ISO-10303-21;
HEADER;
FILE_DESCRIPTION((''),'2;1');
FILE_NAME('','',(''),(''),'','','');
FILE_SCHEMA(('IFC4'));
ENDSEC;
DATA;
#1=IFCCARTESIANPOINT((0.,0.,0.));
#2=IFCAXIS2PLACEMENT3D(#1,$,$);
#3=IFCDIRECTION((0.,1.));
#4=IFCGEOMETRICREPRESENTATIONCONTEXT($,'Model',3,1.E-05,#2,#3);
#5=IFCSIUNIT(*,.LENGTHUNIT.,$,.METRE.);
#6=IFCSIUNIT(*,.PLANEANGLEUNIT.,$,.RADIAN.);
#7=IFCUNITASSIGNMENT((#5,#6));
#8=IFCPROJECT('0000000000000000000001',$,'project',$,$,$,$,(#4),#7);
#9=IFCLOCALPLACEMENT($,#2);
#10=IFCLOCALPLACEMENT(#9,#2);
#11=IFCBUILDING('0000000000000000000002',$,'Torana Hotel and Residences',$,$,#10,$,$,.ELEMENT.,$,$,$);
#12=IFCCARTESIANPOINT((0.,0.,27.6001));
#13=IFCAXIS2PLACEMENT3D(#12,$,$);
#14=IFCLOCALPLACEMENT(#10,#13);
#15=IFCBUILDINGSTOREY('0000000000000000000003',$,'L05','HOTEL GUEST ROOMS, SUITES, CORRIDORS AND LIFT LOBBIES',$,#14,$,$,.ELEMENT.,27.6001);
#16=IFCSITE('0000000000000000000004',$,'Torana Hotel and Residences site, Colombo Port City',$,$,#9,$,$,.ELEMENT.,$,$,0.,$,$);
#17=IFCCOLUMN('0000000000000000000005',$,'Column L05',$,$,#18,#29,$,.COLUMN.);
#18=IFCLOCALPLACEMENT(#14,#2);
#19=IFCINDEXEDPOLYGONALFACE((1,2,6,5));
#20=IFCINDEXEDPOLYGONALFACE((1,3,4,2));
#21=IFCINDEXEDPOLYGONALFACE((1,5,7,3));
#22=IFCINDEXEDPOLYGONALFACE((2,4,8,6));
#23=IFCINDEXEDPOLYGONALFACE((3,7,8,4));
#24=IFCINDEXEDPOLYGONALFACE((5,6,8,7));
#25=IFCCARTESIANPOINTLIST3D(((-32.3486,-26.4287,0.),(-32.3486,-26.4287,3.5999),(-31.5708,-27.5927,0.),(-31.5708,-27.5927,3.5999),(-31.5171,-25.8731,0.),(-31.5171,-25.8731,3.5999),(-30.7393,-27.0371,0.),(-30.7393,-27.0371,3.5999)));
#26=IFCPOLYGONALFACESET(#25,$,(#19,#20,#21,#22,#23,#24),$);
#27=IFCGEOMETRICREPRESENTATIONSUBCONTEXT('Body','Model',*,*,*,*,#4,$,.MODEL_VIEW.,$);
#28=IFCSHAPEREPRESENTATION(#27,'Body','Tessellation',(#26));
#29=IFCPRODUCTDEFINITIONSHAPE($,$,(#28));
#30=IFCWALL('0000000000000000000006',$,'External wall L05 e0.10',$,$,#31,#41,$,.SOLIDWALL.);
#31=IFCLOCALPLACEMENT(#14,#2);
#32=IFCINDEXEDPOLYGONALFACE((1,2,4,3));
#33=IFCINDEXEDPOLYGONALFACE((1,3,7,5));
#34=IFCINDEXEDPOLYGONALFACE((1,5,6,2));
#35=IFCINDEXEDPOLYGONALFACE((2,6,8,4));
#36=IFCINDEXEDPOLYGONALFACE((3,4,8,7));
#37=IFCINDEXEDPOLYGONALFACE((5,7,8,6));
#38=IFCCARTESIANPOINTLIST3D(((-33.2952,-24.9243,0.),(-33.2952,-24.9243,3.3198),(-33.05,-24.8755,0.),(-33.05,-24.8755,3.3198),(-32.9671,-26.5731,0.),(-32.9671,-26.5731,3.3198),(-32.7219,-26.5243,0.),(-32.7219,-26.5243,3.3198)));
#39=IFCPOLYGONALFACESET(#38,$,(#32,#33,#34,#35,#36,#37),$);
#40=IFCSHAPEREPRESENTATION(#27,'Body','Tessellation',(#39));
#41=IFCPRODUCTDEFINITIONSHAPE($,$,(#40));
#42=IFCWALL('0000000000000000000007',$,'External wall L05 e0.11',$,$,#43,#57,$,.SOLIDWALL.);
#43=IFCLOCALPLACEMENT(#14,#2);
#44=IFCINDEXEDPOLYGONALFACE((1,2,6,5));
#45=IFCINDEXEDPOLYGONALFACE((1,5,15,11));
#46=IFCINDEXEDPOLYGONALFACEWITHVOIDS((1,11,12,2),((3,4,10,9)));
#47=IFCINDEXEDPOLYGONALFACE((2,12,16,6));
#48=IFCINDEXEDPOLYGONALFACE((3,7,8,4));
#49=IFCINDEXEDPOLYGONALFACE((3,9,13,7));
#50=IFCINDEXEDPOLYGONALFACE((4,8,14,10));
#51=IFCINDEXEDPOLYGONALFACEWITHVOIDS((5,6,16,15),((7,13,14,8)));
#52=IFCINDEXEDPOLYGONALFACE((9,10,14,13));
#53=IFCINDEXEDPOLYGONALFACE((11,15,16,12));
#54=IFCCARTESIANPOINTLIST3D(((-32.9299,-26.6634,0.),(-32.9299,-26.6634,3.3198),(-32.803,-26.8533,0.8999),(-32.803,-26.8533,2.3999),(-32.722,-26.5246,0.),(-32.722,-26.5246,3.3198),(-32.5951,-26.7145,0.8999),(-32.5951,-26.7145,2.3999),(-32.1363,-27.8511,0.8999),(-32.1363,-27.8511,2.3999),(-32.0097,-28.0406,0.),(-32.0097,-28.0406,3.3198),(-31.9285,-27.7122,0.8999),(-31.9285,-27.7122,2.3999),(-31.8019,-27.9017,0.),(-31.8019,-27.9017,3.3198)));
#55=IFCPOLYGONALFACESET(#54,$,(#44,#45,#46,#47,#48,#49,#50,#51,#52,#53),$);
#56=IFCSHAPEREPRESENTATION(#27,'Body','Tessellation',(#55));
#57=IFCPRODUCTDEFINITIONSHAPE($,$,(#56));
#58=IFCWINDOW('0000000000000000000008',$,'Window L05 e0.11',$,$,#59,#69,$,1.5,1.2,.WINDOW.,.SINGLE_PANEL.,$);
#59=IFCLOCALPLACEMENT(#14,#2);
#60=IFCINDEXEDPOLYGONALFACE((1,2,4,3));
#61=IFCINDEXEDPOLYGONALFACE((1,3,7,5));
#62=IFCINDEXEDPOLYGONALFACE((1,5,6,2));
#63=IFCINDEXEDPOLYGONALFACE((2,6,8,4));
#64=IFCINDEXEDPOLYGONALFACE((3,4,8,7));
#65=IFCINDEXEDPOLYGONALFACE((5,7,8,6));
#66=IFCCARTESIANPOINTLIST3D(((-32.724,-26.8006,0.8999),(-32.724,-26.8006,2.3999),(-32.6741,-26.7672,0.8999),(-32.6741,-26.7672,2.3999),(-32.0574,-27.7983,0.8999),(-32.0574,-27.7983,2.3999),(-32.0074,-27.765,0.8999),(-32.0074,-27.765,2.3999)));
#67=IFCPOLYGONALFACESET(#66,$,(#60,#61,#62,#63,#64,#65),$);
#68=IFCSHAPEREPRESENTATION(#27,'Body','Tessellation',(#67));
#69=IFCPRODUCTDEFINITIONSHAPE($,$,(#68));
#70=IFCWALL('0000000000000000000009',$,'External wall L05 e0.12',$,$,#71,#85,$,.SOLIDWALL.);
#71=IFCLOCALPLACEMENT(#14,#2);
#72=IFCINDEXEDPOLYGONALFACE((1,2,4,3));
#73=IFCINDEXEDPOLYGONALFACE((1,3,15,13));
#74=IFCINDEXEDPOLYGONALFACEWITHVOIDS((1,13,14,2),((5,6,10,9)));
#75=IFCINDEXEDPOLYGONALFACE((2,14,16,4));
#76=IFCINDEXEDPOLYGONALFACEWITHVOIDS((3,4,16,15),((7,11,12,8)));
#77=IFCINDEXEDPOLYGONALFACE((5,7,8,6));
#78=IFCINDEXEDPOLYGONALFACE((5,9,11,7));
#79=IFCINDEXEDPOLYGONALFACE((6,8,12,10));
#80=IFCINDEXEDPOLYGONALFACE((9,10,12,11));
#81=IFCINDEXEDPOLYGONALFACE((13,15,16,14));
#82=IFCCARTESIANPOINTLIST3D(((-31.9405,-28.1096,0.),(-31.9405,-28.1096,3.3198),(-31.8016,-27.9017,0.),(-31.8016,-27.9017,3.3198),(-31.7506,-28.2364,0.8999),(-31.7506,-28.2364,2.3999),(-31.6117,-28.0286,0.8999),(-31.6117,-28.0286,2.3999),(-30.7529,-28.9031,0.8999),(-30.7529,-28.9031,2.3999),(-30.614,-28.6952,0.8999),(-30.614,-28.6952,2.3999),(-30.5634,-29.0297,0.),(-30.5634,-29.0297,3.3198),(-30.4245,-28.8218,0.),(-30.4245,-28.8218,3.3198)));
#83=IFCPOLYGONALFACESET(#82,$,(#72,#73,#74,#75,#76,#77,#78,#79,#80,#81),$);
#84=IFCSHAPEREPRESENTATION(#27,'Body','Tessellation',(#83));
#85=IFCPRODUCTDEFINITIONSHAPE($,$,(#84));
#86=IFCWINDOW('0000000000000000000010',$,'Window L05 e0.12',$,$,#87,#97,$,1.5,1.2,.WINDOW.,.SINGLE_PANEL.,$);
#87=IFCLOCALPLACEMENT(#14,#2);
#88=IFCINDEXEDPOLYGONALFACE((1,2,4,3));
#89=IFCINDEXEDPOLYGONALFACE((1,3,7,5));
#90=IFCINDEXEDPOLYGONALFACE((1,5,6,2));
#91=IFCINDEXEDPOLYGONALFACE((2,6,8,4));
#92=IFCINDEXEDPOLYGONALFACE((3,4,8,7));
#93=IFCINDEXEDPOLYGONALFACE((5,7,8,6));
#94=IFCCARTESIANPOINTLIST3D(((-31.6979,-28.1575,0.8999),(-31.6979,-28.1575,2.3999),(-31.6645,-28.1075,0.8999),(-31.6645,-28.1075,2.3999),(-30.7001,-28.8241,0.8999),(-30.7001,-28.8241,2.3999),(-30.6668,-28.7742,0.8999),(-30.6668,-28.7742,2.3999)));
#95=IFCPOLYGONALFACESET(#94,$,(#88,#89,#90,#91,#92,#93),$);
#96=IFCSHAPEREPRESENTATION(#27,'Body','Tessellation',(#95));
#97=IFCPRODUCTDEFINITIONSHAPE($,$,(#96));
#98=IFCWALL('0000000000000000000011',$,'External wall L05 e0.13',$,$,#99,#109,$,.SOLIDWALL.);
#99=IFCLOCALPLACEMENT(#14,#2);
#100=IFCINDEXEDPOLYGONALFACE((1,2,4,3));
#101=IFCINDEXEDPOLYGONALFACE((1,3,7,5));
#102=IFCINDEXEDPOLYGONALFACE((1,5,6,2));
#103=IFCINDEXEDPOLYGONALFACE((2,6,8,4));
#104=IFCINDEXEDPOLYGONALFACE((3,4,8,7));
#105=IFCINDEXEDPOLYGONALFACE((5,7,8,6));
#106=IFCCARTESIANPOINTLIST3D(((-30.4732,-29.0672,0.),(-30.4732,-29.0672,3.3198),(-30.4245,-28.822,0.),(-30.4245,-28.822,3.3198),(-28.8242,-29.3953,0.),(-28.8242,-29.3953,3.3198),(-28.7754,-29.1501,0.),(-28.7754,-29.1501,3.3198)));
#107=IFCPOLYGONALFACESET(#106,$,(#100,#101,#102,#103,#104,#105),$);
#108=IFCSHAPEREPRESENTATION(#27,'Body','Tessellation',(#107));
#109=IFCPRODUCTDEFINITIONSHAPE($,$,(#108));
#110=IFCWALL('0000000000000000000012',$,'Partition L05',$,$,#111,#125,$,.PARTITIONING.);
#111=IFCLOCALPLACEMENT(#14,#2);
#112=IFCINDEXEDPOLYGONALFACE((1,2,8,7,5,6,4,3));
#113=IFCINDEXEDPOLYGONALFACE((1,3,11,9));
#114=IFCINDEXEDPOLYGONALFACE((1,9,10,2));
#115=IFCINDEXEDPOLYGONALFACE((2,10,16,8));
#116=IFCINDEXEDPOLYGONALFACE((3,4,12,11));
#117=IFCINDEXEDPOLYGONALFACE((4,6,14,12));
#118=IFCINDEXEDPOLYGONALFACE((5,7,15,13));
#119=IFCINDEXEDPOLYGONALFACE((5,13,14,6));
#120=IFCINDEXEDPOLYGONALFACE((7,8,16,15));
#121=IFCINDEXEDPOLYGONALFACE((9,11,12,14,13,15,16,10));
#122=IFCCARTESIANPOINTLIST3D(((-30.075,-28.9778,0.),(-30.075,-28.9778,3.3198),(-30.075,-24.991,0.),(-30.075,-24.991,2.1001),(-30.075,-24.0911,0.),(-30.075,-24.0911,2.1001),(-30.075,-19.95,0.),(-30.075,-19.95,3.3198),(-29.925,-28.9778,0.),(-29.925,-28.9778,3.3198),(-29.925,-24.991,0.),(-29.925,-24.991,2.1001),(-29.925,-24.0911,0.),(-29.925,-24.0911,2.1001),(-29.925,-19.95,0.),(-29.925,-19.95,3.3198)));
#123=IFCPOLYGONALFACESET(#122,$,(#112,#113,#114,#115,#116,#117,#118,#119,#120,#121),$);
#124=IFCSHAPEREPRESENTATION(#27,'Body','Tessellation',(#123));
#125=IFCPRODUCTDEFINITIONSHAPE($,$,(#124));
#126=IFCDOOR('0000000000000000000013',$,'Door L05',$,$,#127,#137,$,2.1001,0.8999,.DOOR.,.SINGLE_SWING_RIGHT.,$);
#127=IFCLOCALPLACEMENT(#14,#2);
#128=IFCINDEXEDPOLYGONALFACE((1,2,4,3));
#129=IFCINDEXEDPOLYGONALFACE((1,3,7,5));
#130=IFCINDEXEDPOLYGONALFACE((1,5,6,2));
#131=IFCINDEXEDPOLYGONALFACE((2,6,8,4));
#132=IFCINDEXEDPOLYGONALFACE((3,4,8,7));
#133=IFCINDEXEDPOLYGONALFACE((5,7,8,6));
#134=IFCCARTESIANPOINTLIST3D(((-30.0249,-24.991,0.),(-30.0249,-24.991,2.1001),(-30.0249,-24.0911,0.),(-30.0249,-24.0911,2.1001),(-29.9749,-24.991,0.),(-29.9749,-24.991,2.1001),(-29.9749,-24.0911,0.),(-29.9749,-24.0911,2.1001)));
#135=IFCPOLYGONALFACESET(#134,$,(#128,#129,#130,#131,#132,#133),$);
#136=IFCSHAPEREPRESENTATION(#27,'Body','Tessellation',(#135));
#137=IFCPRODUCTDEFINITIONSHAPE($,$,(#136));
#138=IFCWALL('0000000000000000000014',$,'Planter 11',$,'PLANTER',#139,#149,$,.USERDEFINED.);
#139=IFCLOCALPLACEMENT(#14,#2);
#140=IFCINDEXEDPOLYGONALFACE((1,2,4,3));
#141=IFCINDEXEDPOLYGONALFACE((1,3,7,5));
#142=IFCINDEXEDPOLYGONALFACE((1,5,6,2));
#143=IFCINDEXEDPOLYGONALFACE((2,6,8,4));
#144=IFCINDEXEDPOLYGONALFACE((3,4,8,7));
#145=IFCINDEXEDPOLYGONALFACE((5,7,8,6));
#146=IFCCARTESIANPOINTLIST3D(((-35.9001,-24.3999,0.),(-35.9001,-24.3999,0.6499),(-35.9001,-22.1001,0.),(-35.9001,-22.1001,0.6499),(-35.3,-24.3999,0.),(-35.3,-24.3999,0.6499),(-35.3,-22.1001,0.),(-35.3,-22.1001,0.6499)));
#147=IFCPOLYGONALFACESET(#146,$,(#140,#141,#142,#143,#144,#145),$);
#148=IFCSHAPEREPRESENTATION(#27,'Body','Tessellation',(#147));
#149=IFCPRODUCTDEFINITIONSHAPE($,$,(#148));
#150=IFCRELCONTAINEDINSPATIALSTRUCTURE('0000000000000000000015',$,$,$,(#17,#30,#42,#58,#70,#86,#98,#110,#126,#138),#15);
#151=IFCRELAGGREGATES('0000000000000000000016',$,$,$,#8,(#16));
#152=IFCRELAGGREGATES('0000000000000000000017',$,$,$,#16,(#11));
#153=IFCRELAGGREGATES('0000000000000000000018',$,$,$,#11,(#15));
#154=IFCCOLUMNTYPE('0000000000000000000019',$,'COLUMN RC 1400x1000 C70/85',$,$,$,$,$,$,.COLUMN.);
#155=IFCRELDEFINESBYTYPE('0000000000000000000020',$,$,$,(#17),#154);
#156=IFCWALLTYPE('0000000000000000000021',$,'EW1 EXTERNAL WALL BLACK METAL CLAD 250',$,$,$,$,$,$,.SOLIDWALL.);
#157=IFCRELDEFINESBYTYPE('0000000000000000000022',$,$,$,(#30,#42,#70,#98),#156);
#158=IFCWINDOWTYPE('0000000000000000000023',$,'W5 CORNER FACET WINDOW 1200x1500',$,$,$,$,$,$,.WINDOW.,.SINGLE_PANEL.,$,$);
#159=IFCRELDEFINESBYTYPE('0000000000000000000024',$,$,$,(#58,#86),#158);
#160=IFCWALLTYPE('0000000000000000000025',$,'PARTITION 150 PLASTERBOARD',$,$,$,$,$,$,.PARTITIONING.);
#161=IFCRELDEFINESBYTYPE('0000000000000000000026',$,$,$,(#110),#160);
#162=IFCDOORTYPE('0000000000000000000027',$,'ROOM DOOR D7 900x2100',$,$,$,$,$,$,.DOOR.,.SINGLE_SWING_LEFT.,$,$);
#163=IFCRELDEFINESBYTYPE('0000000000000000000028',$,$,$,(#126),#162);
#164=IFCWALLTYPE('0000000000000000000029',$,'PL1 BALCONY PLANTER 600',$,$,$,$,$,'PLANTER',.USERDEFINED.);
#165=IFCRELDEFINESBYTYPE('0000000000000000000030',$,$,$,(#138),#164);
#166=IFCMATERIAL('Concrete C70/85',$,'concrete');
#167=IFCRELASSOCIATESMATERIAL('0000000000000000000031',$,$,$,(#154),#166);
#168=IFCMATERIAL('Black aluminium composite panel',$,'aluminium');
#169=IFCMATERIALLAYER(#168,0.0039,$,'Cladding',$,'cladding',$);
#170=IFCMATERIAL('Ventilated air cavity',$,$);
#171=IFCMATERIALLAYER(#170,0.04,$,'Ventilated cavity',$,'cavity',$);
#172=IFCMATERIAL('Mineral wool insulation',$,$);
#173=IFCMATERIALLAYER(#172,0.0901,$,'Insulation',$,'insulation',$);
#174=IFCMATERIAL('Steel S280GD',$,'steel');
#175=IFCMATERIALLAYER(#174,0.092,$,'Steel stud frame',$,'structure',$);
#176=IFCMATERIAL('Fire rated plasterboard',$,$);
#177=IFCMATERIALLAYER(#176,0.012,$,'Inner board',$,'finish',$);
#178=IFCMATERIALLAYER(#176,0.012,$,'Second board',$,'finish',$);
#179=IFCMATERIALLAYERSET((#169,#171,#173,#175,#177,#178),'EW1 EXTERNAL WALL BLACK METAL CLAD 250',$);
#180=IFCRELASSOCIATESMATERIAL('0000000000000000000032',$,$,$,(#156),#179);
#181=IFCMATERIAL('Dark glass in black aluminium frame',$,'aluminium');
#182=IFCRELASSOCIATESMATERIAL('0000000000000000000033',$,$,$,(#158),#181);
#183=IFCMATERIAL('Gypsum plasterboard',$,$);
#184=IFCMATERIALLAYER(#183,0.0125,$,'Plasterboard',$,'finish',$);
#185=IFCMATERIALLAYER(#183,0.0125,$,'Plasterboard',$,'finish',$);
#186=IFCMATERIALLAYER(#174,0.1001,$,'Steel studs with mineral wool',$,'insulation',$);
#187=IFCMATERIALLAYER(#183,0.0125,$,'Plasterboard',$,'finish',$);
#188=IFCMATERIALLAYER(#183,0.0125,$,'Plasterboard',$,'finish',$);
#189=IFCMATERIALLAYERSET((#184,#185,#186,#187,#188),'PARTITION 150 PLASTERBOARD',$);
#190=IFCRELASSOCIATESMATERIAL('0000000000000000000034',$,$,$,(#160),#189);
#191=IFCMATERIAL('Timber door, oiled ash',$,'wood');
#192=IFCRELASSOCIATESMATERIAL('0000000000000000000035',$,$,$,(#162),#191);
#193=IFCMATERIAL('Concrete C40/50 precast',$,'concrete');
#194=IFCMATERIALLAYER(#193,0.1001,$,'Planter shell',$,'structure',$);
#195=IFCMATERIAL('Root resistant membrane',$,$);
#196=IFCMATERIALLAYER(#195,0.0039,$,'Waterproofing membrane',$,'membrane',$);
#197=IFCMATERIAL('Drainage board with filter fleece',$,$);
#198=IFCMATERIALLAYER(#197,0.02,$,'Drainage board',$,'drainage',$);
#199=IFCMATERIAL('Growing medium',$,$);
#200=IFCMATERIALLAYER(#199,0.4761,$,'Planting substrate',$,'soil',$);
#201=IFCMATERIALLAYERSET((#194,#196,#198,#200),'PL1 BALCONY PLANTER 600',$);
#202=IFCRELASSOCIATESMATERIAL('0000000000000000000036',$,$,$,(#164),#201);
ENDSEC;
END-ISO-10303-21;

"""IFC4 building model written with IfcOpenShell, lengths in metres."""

from ifc_helpers import new_model, si_unit, direction, frame, frame_2d, origin, origin_2d, place, context, subcontext, project, spatial, rectangle, extrude, material, layer, layer_set, material_profile, profile_set, type_object, element, fill, save


model = new_model("IFC4")

# Units and contexts
model_context = context("Model", 3, precision=1e-05, world=origin(), true_north=direction((0.0, 1.0)))
body_context = subcontext(model_context, "Body", "Model", "MODEL_VIEW")
ifc_project = project(units=[si_unit("LENGTHUNIT", "METRE"), si_unit("PLANEANGLEUNIT", "RADIAN")], contexts=[model_context])

# Site, building, storey
site_placement = place(None, origin())
site = spatial("IfcSite", under=ifc_project, at=site_placement, Name="Torana Hotel and Residences site, Colombo Port City", CompositionType="ELEMENT", RefElevation=0.0)
building_placement = place(site_placement, origin())
building = spatial("IfcBuilding", under=site, at=building_placement, Name="Torana Hotel and Residences", CompositionType="ELEMENT")
storey_placement = place(building_placement, frame((0.0, 0.0, 27.6001)))
storey = spatial("IfcBuildingStorey", under=building, at=storey_placement, Name="L05", Description="HOTEL GUEST ROOMS, SUITES, CORRIDORS AND LIFT LOBBIES", CompositionType="ELEMENT", Elevation=27.6001)

# Column
ifc_material_1 = material(Name="Concrete C70/85", Category="concrete")
ifc_material_profile = material_profile(ifc_material_1, rectangle(XDim=1.3999, YDim=1.0, at=origin_2d()), Name="RC 1400x1000")
ifc_profile_set = profile_set([ifc_material_profile], Name="Concrete C70/85")
column_type = type_object("IfcColumnType", Name="COLUMN RC 1400x1000 C70/85", PredefinedType="COLUMN", material=ifc_profile_set)
column_placement = place(storey_placement, frame((-31.5439, -26.7329, 0.0), z_axis=(0.0, 0.0, 1.0), x_axis=(-0.555585, 0.83146, 0.0)))
element("IfcColumn", 1, at=column_placement, inside=storey, type_object=column_type, Name="Column L05", PredefinedType="COLUMN", context=body_context, shape_type="SweptSolid", body=[
    extrude(rectangle(XDim=1.3999, YDim=1.0, at=origin_2d()), origin(), (0.0, 0.0, 1.0), 3.5999),
])

# Wall
ifc_material_2 = material(Name="Black aluminium composite panel", Category="aluminium")
ifc_layer_1 = layer(ifc_material_2, 0.0039, Name="Cladding", Category="cladding")
ifc_material_3 = material(Name="Ventilated air cavity")
ifc_layer_2 = layer(ifc_material_3, 0.04, Name="Ventilated cavity", Category="cavity")
ifc_material_4 = material(Name="Mineral wool insulation")
ifc_layer_3 = layer(ifc_material_4, 0.0901, Name="Insulation", Category="insulation")
ifc_material_5 = material(Name="Steel S280GD", Category="steel")
ifc_layer_4 = layer(ifc_material_5, 0.092, Name="Steel stud frame", Category="structure")
ifc_material_6 = material(Name="Fire rated plasterboard")
ifc_layer_5 = layer(ifc_material_6, 0.012, Name="Inner board", Category="finish")
ifc_layer_6 = layer(ifc_material_6, 0.012, Name="Second board", Category="finish")
ifc_layer_set_1 = layer_set([ifc_layer_1, ifc_layer_2, ifc_layer_3, ifc_layer_4, ifc_layer_5, ifc_layer_6], Name="EW1 EXTERNAL WALL BLACK METAL CLAD 250")
wall_type_1 = type_object("IfcWallType", Name="EW1 EXTERNAL WALL BLACK METAL CLAD 250", PredefinedType="SOLIDWALL", material=ifc_layer_set_1)
wall_1_placement = place(storey_placement, frame((-33.1726, -24.8999, 0.0), z_axis=(0.0, 0.0, 1.0), x_axis=(0.195167, -0.98077, 0.0)))
element("IfcWall", 2, at=wall_1_placement, inside=storey, type_object=wall_type_1, Name="External wall L05 e0.10", PredefinedType="SOLIDWALL", context=body_context, shape_type="SweptSolid", body=[
    extrude(rectangle(XDim=1.6812, YDim=0.25, at=frame_2d((0.8406, 0.0))), origin(), (0.0, 0.0, 1.0), 3.3198),
])

# Walls, openings, windows
wall_2_placement = place(storey_placement, frame((-32.8259, -26.594, 0.0), z_axis=(0.0, 0.0, 1.0), x_axis=(0.55555, -0.831483, 0.0)))
wall_2 = element("IfcWall", 3, at=wall_2_placement, inside=storey, type_object=wall_type_1, Name="External wall L05 e0.11", PredefinedType="SOLIDWALL", context=body_context, shape_type="SweptSolid", body=[
    extrude(rectangle(XDim=1.6562, YDim=0.25, at=frame_2d((0.8281, 0.0))), origin(), (0.0, 0.0, 1.0), 3.3198),
])
opening_1_placement = place(wall_2_placement, frame((0.2283, 0.0, 0.8999)))
opening_1 = element("IfcOpeningElement", 4, at=opening_1_placement, cuts=wall_2, PredefinedType="OPENING", context=body_context, shape_type="SweptSolid", body=[
    extrude(rectangle(XDim=1.2, YDim=1.5, at=frame_2d((0.6001, 0.75))), frame((0.0, 0.135, 0.0), z_axis=(0.0, -1.0, 0.0), x_axis=(1.0, 0.0, 0.0)), (0.0, 0.0, 1.0), 0.27),
])
ifc_material_7 = material(Name="Dark glass in black aluminium frame", Category="aluminium")
window_type = type_object("IfcWindowType", Name="W5 CORNER FACET WINDOW 1200x1500", PartitioningType="SINGLE_PANEL", PredefinedType="WINDOW", material=ifc_material_7)
window_1_placement = place(opening_1_placement, origin())
window_1 = element("IfcWindow", 5, at=window_1_placement, inside=storey, type_object=window_type, Name="Window L05 e0.11", OverallHeight=1.5, OverallWidth=1.2, PartitioningType="SINGLE_PANEL", PredefinedType="WINDOW", context=body_context, shape_type="SweptSolid", body=[
    extrude(rectangle(XDim=1.2, YDim=1.5, at=frame_2d((0.6001, 0.75))), frame((0.0, 0.03, 0.0), z_axis=(0.0, -1.0, 0.0), x_axis=(1.0, 0.0, 0.0)), (0.0, 0.0, 1.0), 0.0601),
])
fill(opening_1, window_1)
wall_3_placement = place(storey_placement, frame((-31.8711, -28.0056, 0.0), z_axis=(0.0, 0.0, 1.0), x_axis=(0.831483, -0.55555, 0.0)))
wall_3 = element("IfcWall", 6, at=wall_3_placement, inside=storey, type_object=wall_type_1, Name="External wall L05 e0.12", PredefinedType="SOLIDWALL", context=body_context, shape_type="SweptSolid", body=[
    extrude(rectangle(XDim=1.6562, YDim=0.25, at=frame_2d((0.8281, 0.0))), origin(), (0.0, 0.0, 1.0), 3.3198),
])
opening_2_placement = place(wall_3_placement, frame((0.2283, 0.0, 0.8999)))
opening_2 = element("IfcOpeningElement", 7, at=opening_2_placement, cuts=wall_3, PredefinedType="OPENING", context=body_context, shape_type="SweptSolid", body=[
    extrude(rectangle(XDim=1.2, YDim=1.5, at=frame_2d((0.6001, 0.75))), frame((0.0, 0.135, 0.0), z_axis=(0.0, -1.0, 0.0), x_axis=(1.0, 0.0, 0.0)), (0.0, 0.0, 1.0), 0.27),
])
window_2_placement = place(opening_2_placement, origin())
window_2 = element("IfcWindow", 8, at=window_2_placement, inside=storey, type_object=window_type, Name="Window L05 e0.12", OverallHeight=1.5, OverallWidth=1.2, PartitioningType="SINGLE_PANEL", PredefinedType="WINDOW", context=body_context, shape_type="SweptSolid", body=[
    extrude(rectangle(XDim=1.2, YDim=1.5, at=frame_2d((0.6001, 0.75))), frame((0.0, 0.03, 0.0), z_axis=(0.0, -1.0, 0.0), x_axis=(1.0, 0.0, 0.0)), (0.0, 0.0, 1.0), 0.0601),
])
fill(opening_2, window_2)

# Wall
wall_4_placement = place(storey_placement, frame((-30.449, -28.9446, 0.0), z_axis=(0.0, 0.0, 1.0), x_axis=(0.980776, -0.195139, 0.0)))
element("IfcWall", 9, at=wall_4_placement, inside=storey, type_object=wall_type_1, Name="External wall L05 e0.13", PredefinedType="SOLIDWALL", context=body_context, shape_type="SweptSolid", body=[
    extrude(rectangle(XDim=1.6814, YDim=0.25, at=frame_2d((0.8408, 0.0))), origin(), (0.0, 0.0, 1.0), 3.3198),
])

# Wall, opening, door
ifc_material_8 = material(Name="Gypsum plasterboard")
ifc_layer_7 = layer(ifc_material_8, 0.0125, Name="Plasterboard", Category="finish")
ifc_layer_8 = layer(ifc_material_8, 0.0125, Name="Plasterboard", Category="finish")
ifc_layer_9 = layer(ifc_material_5, 0.1001, Name="Steel studs with mineral wool", Category="insulation")
ifc_layer_10 = layer(ifc_material_8, 0.0125, Name="Plasterboard", Category="finish")
ifc_layer_11 = layer(ifc_material_8, 0.0125, Name="Plasterboard", Category="finish")
ifc_layer_set_2 = layer_set([ifc_layer_7, ifc_layer_8, ifc_layer_9, ifc_layer_10, ifc_layer_11], Name="PARTITION 150 PLASTERBOARD")
wall_type_2 = type_object("IfcWallType", Name="PARTITION 150 PLASTERBOARD", PredefinedType="PARTITIONING", material=ifc_layer_set_2)
wall_5_placement = place(storey_placement, frame((-30.0, -28.9778, 0.0), z_axis=(0.0, 0.0, 1.0), x_axis=(0.0, 1.0, 0.0)))
wall_5 = element("IfcWall", 10, at=wall_5_placement, inside=storey, type_object=wall_type_2, Name="Partition L05", PredefinedType="PARTITIONING", context=body_context, shape_type="SweptSolid", body=[
    extrude(rectangle(XDim=9.0278, YDim=0.1499, at=frame_2d((4.5139, 0.0))), origin(), (0.0, 0.0, 1.0), 3.3198),
])
opening_3_placement = place(wall_5_placement, frame((3.9868, 0.0, 0.0)))
opening_3 = element("IfcOpeningElement", 11, at=opening_3_placement, cuts=wall_5, PredefinedType="OPENING", context=body_context, shape_type="SweptSolid", body=[
    extrude(rectangle(XDim=0.8999, YDim=2.1001, at=frame_2d((0.45, 1.05))), frame((0.0, 0.085, 0.0), z_axis=(0.0, -1.0, 0.0), x_axis=(1.0, 0.0, 0.0)), (0.0, 0.0, 1.0), 0.1699),
])
ifc_material_9 = material(Name="Timber door, oiled ash", Category="wood")
door_type = type_object("IfcDoorType", Name="ROOM DOOR D7 900x2100", OperationType="SINGLE_SWING_LEFT", PredefinedType="DOOR", material=ifc_material_9)
door_placement = place(opening_3_placement, origin())
door = element("IfcDoor", 12, at=door_placement, inside=storey, type_object=door_type, Name="Door L05", OperationType="SINGLE_SWING_RIGHT", OverallHeight=2.1001, OverallWidth=0.8999, PredefinedType="DOOR", context=body_context, shape_type="SweptSolid", body=[
    extrude(rectangle(XDim=0.8999, YDim=2.1001, at=frame_2d((0.45, 1.05))), frame((0.0, 0.0249, 0.0), z_axis=(0.0, -1.0, 0.0), x_axis=(1.0, 0.0, 0.0)), (0.0, 0.0, 1.0), 0.05),
])
fill(opening_3, door)

# Wall
ifc_material_10 = material(Name="Concrete C40/50 precast", Category="concrete")
ifc_layer_12 = layer(ifc_material_10, 0.1001, Name="Planter shell", Category="structure")
ifc_material_11 = material(Name="Root resistant membrane")
ifc_layer_13 = layer(ifc_material_11, 0.0039, Name="Waterproofing membrane", Category="membrane")
ifc_material_12 = material(Name="Drainage board with filter fleece")
ifc_layer_14 = layer(ifc_material_12, 0.02, Name="Drainage board", Category="drainage")
ifc_material_13 = material(Name="Growing medium")
ifc_layer_15 = layer(ifc_material_13, 0.4761, Name="Planting substrate", Category="soil")
ifc_layer_set_3 = layer_set([ifc_layer_12, ifc_layer_13, ifc_layer_14, ifc_layer_15], Name="PL1 BALCONY PLANTER 600")
wall_type_3 = type_object("IfcWallType", Name="PL1 BALCONY PLANTER 600", ElementType="PLANTER", PredefinedType="USERDEFINED", material=ifc_layer_set_3)
wall_6_placement = place(storey_placement, frame((-35.6001, -24.3999, 0.0), z_axis=(0.0, 0.0, 1.0), x_axis=(0.0, 1.0, 0.0)))
element("IfcWall", 13, at=wall_6_placement, inside=storey, type_object=wall_type_3, Name="Planter 11", ObjectType="PLANTER", PredefinedType="USERDEFINED", context=body_context, shape_type="SweptSolid", body=[
    extrude(rectangle(XDim=2.2998, YDim=0.6001, at=frame_2d((1.1499, 0.0))), origin(), (0.0, 0.0, 1.0), 0.6499),
])

save(model, "model.ifc")
